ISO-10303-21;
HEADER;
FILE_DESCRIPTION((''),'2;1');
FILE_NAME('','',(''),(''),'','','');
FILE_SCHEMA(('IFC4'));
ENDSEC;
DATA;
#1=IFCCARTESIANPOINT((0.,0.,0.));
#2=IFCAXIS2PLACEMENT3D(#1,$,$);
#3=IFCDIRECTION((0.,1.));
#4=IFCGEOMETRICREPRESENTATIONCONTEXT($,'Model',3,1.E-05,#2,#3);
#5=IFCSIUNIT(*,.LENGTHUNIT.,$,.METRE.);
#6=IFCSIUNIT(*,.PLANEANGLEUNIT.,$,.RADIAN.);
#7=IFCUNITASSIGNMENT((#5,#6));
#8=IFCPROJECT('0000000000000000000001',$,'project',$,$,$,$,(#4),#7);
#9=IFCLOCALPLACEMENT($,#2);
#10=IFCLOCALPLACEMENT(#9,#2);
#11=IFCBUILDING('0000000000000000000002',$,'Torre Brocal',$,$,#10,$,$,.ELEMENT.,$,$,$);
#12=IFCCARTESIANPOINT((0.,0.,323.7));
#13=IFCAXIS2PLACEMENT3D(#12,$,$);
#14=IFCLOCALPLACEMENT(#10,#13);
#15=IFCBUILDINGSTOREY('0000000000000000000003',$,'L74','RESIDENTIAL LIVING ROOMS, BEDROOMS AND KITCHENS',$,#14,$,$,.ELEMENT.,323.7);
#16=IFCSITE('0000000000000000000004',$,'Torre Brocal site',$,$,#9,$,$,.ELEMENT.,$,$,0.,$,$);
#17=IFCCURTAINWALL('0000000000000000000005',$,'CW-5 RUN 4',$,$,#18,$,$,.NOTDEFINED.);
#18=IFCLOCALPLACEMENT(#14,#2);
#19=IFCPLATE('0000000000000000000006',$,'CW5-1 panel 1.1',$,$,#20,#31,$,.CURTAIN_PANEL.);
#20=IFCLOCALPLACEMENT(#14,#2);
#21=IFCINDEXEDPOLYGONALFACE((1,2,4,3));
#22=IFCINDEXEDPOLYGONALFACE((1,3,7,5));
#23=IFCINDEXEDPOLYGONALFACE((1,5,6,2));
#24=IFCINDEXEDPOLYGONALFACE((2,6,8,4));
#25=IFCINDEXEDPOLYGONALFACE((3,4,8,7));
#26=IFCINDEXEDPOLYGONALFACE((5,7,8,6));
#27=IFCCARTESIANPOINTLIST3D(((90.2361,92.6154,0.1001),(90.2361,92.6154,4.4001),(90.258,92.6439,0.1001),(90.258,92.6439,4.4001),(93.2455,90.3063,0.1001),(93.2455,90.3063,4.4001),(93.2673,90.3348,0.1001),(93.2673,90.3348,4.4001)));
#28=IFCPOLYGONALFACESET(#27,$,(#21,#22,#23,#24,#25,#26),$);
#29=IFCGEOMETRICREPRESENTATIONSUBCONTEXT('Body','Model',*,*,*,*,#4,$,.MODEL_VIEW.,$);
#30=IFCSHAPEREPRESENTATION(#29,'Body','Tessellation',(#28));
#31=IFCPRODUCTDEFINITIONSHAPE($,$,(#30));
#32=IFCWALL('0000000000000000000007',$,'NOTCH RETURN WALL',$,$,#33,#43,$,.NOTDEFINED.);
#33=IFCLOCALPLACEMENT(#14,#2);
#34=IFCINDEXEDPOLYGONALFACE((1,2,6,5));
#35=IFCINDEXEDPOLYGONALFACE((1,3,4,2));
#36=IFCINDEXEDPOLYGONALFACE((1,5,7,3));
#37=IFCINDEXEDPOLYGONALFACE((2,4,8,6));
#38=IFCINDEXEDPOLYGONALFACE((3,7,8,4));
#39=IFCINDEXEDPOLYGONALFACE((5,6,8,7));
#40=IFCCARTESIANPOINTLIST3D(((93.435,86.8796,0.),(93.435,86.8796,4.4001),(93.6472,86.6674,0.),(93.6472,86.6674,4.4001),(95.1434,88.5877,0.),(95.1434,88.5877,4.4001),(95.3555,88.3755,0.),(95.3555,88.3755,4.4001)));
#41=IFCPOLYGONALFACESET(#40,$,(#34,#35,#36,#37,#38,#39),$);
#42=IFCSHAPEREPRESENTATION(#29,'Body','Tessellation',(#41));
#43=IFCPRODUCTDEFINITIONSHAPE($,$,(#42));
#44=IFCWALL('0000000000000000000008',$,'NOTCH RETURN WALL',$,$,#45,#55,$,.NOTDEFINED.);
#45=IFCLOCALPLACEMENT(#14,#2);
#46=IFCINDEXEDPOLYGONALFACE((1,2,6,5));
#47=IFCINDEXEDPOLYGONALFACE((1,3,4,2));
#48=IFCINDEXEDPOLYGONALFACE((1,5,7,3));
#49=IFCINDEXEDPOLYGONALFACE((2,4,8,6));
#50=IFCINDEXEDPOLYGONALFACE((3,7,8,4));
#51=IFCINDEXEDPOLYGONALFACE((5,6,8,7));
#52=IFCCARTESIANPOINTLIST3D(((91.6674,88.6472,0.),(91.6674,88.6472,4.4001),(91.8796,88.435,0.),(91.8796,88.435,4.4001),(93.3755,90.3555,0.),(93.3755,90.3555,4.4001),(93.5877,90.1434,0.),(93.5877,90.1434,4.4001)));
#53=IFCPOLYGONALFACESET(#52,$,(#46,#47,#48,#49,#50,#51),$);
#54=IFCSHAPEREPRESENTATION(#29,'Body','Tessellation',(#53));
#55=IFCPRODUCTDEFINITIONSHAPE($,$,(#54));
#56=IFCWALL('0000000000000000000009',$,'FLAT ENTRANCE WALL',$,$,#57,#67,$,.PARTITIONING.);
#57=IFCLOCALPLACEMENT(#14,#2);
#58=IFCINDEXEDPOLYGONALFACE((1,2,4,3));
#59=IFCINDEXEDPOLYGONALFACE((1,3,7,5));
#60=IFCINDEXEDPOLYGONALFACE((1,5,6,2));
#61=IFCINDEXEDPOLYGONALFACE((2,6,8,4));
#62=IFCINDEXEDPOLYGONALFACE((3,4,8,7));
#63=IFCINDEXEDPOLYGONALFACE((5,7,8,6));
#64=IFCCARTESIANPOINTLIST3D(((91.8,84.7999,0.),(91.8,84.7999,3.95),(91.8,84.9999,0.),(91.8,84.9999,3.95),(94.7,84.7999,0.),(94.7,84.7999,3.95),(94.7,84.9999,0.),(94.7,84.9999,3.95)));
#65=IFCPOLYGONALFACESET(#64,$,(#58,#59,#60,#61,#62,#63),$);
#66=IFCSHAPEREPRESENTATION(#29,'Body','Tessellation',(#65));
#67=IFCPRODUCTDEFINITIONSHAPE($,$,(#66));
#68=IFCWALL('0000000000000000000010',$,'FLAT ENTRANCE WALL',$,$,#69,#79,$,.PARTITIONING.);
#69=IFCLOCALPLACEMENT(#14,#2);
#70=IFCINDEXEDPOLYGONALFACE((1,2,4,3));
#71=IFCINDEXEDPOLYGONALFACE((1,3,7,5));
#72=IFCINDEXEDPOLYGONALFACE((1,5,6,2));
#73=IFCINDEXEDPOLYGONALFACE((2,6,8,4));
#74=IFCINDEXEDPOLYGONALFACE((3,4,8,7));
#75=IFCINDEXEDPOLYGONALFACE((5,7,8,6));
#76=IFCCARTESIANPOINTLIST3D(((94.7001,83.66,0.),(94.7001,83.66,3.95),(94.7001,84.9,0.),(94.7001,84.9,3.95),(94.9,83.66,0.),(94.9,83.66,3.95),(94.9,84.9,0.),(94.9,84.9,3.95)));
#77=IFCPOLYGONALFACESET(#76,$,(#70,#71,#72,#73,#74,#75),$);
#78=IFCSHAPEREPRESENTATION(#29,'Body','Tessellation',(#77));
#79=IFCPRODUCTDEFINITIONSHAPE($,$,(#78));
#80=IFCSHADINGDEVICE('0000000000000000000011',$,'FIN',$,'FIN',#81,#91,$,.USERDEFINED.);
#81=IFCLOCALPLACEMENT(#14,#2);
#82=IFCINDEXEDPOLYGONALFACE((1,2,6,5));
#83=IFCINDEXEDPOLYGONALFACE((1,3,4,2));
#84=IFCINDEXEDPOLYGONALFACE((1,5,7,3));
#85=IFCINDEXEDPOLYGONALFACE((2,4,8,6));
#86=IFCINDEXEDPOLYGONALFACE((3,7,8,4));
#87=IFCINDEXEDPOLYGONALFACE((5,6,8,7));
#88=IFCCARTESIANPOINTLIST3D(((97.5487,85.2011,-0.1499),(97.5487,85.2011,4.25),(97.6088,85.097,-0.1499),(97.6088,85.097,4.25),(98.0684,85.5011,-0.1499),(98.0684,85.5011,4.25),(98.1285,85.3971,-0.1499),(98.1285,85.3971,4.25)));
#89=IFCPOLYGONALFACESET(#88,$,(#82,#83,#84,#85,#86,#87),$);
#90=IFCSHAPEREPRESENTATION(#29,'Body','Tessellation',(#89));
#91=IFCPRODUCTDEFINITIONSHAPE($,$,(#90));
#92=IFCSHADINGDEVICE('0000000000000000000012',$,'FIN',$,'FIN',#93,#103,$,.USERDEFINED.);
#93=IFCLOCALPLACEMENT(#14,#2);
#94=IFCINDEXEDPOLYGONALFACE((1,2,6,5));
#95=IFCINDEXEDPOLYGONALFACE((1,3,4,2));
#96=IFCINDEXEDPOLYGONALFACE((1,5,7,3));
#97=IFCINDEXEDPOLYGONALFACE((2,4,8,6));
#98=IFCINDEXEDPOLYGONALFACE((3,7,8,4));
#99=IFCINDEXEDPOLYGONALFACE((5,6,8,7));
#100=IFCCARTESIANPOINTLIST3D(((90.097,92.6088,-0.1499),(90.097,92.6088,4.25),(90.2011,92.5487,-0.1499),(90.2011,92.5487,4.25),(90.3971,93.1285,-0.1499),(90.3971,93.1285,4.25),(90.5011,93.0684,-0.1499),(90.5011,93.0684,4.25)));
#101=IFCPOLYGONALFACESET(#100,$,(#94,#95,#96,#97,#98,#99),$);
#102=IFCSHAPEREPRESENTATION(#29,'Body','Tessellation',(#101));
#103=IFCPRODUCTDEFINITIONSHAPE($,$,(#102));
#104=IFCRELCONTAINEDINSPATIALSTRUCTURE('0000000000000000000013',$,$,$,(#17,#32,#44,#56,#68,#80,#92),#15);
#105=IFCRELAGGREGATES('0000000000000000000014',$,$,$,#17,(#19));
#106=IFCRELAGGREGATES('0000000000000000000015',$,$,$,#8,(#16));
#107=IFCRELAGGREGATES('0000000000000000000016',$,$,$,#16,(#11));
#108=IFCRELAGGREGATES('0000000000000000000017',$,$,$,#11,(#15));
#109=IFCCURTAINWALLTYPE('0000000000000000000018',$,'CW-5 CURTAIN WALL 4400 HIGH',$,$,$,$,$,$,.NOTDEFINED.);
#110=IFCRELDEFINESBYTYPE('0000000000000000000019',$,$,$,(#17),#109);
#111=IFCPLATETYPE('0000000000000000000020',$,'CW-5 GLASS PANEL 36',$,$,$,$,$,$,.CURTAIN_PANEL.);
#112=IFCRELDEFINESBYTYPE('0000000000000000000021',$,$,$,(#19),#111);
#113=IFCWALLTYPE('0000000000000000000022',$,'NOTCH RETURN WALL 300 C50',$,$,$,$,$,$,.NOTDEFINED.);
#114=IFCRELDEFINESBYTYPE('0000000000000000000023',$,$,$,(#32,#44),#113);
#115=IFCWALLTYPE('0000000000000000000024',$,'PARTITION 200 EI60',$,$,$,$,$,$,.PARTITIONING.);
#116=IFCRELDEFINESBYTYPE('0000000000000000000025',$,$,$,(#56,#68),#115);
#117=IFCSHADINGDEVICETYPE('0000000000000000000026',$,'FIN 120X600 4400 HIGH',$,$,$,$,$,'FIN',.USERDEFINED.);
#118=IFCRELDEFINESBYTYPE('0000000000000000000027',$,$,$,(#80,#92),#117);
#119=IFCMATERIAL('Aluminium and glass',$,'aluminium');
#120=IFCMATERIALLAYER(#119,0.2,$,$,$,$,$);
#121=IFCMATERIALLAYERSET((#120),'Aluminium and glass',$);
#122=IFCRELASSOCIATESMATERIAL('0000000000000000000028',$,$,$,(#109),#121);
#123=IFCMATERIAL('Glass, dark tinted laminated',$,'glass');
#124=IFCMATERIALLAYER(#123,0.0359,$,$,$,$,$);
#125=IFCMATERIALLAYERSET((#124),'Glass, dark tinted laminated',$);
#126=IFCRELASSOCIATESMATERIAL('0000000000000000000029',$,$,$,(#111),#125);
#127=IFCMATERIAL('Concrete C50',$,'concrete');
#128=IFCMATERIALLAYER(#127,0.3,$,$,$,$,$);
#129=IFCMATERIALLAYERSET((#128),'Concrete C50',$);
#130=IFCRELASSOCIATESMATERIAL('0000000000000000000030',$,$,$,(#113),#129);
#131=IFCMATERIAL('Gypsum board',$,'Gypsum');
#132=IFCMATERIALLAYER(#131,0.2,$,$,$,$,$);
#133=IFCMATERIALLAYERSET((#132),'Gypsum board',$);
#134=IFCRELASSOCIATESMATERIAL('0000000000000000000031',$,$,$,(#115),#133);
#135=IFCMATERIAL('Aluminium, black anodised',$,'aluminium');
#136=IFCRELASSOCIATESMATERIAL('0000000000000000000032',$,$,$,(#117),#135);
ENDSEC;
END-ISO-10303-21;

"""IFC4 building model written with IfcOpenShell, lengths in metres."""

from ifc_helpers import new_model, si_unit, direction, frame, frame_2d, origin, origin_2d, place, context, subcontext, project, spatial, rectangle, extrude, material, layer, layer_set, material_profile, profile_set, type_object, element, aggregate, save


model = new_model("IFC4")

# Units and contexts
model_context = context("Model", 3, precision=1e-05, world=origin(), true_north=direction((0.0, 1.0)))
body_context = subcontext(model_context, "Body", "Model", "MODEL_VIEW")
ifc_project = project(units=[si_unit("LENGTHUNIT", "METRE"), si_unit("PLANEANGLEUNIT", "RADIAN")], contexts=[model_context])

# Site, building, storey
site_placement = place(None, origin())
site = spatial("IfcSite", under=ifc_project, at=site_placement, Name="Torre Brocal site", CompositionType="ELEMENT", RefElevation=0.0)
building_placement = place(site_placement, origin())
building = spatial("IfcBuilding", under=site, at=building_placement, Name="Torre Brocal", CompositionType="ELEMENT")
storey_placement = place(building_placement, frame((0.0, 0.0, 323.7)))
storey = spatial("IfcBuildingStorey", under=building, at=storey_placement, Name="L74", Description="RESIDENTIAL LIVING ROOMS, BEDROOMS AND KITCHENS", CompositionType="ELEMENT", Elevation=323.7)

# Shared definitions
ifc_material_1 = material(Name="Aluminium and glass", Category="aluminium")
ifc_layer_1 = layer(ifc_material_1, 0.2)
ifc_layer_set_1 = layer_set([ifc_layer_1], Name="Aluminium and glass")
curtain_wall_type = type_object("IfcCurtainWallType", Name="CW-5 CURTAIN WALL 4400 HIGH", PredefinedType="NOTDEFINED", material=ifc_layer_set_1)

# Curtain wall
curtain_wall_1_placement = place(storey_placement, origin())
curtain_wall_1 = element("IfcCurtainWall", 1, at=curtain_wall_1_placement, inside=storey, type_object=curtain_wall_type, Name="CW-5 RUN 4", PredefinedType="NOTDEFINED")

# Plate
ifc_material_2 = material(Name="Glass, dark tinted laminated", Category="glass")
ifc_layer_2 = layer(ifc_material_2, 0.0359)
ifc_layer_set_2 = layer_set([ifc_layer_2], Name="Glass, dark tinted laminated")
plate_type = type_object("IfcPlateType", Name="CW-5 GLASS PANEL 36", PredefinedType="CURTAIN_PANEL", material=ifc_layer_set_2)
plate_1_placement = place(storey_placement, frame((91.7517, 91.4751, 0.1001), z_axis=(0.0, 0.0, 1.0), x_axis=(-0.793353, 0.608761, 0.0)))
plate_1 = element("IfcPlate", 2, at=plate_1_placement, type_object=plate_type, Name="CW5-1 panel 1.1", PredefinedType="CURTAIN_PANEL", context=body_context, shape_type="SweptSolid", body=[
    extrude(rectangle(XDim=3.7932, YDim=0.0359, at=origin_2d()), origin(), (0.0, 0.0, 1.0), 4.3),
])
aggregate(curtain_wall_1, [plate_1])

# Walls
ifc_material_3 = material(Name="Concrete C50", Category="concrete")
ifc_layer_3 = layer(ifc_material_3, 0.3)
ifc_layer_set_3 = layer_set([ifc_layer_3], Name="Concrete C50")
wall_type_1 = type_object("IfcWallType", Name="NOTCH RETURN WALL 300 C50", PredefinedType="NOTDEFINED", material=ifc_layer_set_3)
for number, where, z_axis, x_axis, name in (
    (3, (93.541, 86.7734, 0.0), (0.0, 0.0, 1.0), (0.707157, 0.707056, 0.0), "NOTCH RETURN WALL"),
    (4, (91.7734, 88.541, 0.0), (0.0, 0.0, 1.0), (0.707056, 0.707157, 0.0), "NOTCH RETURN WALL"),
):
    element("IfcWall", number, at=place(storey_placement, frame(where, z_axis=z_axis, x_axis=x_axis)), inside=storey, type_object=wall_type_1, Name=name, PredefinedType="NOTDEFINED", context=body_context, shape_type="SweptSolid", body=[
        extrude(rectangle(XDim=2.4158, YDim=0.3, at=frame_2d((1.208, 0.0))), origin(), (0.0, 0.0, 1.0), 4.4001),
    ])
ifc_material_4 = material(Name="Gypsum board", Category="Gypsum")
ifc_layer_4 = layer(ifc_material_4, 0.2)
ifc_layer_set_4 = layer_set([ifc_layer_4], Name="Gypsum board")
wall_type_2 = type_object("IfcWallType", Name="PARTITION 200 EI60", PredefinedType="PARTITIONING", material=ifc_layer_set_4)
wall_1_placement = place(storey_placement, frame((91.8, 84.8999, 0.0), z_axis=(0.0, 0.0, 1.0), x_axis=(1.0, 0.0, 0.0)))
element("IfcWall", 5, at=wall_1_placement, inside=storey, type_object=wall_type_2, Name="FLAT ENTRANCE WALL", PredefinedType="PARTITIONING", context=body_context, shape_type="SweptSolid", body=[
    extrude(rectangle(XDim=2.8999, YDim=0.2, at=frame_2d((1.45, 0.0))), origin(), (0.0, 0.0, 1.0), 3.95),
])
wall_2_placement = place(storey_placement, frame((94.8, 83.6599, 0.0), z_axis=(0.0, 0.0, 1.0), x_axis=(0.0, 1.0, 0.0)))
element("IfcWall", 6, at=wall_2_placement, inside=storey, type_object=wall_type_2, Name="FLAT ENTRANCE WALL", PredefinedType="PARTITIONING", context=body_context, shape_type="SweptSolid", body=[
    extrude(rectangle(XDim=1.24, YDim=0.2, at=frame_2d((0.6201, 0.0))), origin(), (0.0, 0.0, 1.0), 3.95),
])

# Shading devices
ifc_material_5 = material(Name="Aluminium, black anodised", Category="aluminium")
ifc_material_profile_1 = material_profile(ifc_material_5, rectangle(XDim=0.1201, YDim=0.6001, at=origin_2d()), Name="FIN 120X600 4400 HIGH")
ifc_profile_set_1 = profile_set([ifc_material_profile_1], Name="Aluminium, black anodised")
shading_device_type = type_object("IfcShadingDeviceType", Name="FIN 120X600 4400 HIGH", ElementType="FIN", PredefinedType="USERDEFINED", material=ifc_profile_set_1)
for number, where, z_axis, x_axis, name in (
    (7, (97.8386, 85.2991, -0.1499), (0.0, 0.0, 1.0), (-0.5, 0.866025, 0.0), "FIN"),
    (8, (90.2991, 92.8386, -0.1499), (0.0, 0.0, 1.0), (-0.866025, 0.5, 0.0), "FIN"),
):
    element("IfcShadingDevice", number, at=place(storey_placement, frame(where, z_axis=z_axis, x_axis=x_axis)), inside=storey, type_object=shading_device_type, Name=name, ObjectType="FIN", PredefinedType="USERDEFINED", context=body_context, shape_type="SweptSolid", body=[
        extrude(rectangle(XDim=0.1201, YDim=0.6001, at=origin_2d()), origin(), (0.0, 0.0, 1.0), 4.3999),
    ])

save(model, "model.ifc")
